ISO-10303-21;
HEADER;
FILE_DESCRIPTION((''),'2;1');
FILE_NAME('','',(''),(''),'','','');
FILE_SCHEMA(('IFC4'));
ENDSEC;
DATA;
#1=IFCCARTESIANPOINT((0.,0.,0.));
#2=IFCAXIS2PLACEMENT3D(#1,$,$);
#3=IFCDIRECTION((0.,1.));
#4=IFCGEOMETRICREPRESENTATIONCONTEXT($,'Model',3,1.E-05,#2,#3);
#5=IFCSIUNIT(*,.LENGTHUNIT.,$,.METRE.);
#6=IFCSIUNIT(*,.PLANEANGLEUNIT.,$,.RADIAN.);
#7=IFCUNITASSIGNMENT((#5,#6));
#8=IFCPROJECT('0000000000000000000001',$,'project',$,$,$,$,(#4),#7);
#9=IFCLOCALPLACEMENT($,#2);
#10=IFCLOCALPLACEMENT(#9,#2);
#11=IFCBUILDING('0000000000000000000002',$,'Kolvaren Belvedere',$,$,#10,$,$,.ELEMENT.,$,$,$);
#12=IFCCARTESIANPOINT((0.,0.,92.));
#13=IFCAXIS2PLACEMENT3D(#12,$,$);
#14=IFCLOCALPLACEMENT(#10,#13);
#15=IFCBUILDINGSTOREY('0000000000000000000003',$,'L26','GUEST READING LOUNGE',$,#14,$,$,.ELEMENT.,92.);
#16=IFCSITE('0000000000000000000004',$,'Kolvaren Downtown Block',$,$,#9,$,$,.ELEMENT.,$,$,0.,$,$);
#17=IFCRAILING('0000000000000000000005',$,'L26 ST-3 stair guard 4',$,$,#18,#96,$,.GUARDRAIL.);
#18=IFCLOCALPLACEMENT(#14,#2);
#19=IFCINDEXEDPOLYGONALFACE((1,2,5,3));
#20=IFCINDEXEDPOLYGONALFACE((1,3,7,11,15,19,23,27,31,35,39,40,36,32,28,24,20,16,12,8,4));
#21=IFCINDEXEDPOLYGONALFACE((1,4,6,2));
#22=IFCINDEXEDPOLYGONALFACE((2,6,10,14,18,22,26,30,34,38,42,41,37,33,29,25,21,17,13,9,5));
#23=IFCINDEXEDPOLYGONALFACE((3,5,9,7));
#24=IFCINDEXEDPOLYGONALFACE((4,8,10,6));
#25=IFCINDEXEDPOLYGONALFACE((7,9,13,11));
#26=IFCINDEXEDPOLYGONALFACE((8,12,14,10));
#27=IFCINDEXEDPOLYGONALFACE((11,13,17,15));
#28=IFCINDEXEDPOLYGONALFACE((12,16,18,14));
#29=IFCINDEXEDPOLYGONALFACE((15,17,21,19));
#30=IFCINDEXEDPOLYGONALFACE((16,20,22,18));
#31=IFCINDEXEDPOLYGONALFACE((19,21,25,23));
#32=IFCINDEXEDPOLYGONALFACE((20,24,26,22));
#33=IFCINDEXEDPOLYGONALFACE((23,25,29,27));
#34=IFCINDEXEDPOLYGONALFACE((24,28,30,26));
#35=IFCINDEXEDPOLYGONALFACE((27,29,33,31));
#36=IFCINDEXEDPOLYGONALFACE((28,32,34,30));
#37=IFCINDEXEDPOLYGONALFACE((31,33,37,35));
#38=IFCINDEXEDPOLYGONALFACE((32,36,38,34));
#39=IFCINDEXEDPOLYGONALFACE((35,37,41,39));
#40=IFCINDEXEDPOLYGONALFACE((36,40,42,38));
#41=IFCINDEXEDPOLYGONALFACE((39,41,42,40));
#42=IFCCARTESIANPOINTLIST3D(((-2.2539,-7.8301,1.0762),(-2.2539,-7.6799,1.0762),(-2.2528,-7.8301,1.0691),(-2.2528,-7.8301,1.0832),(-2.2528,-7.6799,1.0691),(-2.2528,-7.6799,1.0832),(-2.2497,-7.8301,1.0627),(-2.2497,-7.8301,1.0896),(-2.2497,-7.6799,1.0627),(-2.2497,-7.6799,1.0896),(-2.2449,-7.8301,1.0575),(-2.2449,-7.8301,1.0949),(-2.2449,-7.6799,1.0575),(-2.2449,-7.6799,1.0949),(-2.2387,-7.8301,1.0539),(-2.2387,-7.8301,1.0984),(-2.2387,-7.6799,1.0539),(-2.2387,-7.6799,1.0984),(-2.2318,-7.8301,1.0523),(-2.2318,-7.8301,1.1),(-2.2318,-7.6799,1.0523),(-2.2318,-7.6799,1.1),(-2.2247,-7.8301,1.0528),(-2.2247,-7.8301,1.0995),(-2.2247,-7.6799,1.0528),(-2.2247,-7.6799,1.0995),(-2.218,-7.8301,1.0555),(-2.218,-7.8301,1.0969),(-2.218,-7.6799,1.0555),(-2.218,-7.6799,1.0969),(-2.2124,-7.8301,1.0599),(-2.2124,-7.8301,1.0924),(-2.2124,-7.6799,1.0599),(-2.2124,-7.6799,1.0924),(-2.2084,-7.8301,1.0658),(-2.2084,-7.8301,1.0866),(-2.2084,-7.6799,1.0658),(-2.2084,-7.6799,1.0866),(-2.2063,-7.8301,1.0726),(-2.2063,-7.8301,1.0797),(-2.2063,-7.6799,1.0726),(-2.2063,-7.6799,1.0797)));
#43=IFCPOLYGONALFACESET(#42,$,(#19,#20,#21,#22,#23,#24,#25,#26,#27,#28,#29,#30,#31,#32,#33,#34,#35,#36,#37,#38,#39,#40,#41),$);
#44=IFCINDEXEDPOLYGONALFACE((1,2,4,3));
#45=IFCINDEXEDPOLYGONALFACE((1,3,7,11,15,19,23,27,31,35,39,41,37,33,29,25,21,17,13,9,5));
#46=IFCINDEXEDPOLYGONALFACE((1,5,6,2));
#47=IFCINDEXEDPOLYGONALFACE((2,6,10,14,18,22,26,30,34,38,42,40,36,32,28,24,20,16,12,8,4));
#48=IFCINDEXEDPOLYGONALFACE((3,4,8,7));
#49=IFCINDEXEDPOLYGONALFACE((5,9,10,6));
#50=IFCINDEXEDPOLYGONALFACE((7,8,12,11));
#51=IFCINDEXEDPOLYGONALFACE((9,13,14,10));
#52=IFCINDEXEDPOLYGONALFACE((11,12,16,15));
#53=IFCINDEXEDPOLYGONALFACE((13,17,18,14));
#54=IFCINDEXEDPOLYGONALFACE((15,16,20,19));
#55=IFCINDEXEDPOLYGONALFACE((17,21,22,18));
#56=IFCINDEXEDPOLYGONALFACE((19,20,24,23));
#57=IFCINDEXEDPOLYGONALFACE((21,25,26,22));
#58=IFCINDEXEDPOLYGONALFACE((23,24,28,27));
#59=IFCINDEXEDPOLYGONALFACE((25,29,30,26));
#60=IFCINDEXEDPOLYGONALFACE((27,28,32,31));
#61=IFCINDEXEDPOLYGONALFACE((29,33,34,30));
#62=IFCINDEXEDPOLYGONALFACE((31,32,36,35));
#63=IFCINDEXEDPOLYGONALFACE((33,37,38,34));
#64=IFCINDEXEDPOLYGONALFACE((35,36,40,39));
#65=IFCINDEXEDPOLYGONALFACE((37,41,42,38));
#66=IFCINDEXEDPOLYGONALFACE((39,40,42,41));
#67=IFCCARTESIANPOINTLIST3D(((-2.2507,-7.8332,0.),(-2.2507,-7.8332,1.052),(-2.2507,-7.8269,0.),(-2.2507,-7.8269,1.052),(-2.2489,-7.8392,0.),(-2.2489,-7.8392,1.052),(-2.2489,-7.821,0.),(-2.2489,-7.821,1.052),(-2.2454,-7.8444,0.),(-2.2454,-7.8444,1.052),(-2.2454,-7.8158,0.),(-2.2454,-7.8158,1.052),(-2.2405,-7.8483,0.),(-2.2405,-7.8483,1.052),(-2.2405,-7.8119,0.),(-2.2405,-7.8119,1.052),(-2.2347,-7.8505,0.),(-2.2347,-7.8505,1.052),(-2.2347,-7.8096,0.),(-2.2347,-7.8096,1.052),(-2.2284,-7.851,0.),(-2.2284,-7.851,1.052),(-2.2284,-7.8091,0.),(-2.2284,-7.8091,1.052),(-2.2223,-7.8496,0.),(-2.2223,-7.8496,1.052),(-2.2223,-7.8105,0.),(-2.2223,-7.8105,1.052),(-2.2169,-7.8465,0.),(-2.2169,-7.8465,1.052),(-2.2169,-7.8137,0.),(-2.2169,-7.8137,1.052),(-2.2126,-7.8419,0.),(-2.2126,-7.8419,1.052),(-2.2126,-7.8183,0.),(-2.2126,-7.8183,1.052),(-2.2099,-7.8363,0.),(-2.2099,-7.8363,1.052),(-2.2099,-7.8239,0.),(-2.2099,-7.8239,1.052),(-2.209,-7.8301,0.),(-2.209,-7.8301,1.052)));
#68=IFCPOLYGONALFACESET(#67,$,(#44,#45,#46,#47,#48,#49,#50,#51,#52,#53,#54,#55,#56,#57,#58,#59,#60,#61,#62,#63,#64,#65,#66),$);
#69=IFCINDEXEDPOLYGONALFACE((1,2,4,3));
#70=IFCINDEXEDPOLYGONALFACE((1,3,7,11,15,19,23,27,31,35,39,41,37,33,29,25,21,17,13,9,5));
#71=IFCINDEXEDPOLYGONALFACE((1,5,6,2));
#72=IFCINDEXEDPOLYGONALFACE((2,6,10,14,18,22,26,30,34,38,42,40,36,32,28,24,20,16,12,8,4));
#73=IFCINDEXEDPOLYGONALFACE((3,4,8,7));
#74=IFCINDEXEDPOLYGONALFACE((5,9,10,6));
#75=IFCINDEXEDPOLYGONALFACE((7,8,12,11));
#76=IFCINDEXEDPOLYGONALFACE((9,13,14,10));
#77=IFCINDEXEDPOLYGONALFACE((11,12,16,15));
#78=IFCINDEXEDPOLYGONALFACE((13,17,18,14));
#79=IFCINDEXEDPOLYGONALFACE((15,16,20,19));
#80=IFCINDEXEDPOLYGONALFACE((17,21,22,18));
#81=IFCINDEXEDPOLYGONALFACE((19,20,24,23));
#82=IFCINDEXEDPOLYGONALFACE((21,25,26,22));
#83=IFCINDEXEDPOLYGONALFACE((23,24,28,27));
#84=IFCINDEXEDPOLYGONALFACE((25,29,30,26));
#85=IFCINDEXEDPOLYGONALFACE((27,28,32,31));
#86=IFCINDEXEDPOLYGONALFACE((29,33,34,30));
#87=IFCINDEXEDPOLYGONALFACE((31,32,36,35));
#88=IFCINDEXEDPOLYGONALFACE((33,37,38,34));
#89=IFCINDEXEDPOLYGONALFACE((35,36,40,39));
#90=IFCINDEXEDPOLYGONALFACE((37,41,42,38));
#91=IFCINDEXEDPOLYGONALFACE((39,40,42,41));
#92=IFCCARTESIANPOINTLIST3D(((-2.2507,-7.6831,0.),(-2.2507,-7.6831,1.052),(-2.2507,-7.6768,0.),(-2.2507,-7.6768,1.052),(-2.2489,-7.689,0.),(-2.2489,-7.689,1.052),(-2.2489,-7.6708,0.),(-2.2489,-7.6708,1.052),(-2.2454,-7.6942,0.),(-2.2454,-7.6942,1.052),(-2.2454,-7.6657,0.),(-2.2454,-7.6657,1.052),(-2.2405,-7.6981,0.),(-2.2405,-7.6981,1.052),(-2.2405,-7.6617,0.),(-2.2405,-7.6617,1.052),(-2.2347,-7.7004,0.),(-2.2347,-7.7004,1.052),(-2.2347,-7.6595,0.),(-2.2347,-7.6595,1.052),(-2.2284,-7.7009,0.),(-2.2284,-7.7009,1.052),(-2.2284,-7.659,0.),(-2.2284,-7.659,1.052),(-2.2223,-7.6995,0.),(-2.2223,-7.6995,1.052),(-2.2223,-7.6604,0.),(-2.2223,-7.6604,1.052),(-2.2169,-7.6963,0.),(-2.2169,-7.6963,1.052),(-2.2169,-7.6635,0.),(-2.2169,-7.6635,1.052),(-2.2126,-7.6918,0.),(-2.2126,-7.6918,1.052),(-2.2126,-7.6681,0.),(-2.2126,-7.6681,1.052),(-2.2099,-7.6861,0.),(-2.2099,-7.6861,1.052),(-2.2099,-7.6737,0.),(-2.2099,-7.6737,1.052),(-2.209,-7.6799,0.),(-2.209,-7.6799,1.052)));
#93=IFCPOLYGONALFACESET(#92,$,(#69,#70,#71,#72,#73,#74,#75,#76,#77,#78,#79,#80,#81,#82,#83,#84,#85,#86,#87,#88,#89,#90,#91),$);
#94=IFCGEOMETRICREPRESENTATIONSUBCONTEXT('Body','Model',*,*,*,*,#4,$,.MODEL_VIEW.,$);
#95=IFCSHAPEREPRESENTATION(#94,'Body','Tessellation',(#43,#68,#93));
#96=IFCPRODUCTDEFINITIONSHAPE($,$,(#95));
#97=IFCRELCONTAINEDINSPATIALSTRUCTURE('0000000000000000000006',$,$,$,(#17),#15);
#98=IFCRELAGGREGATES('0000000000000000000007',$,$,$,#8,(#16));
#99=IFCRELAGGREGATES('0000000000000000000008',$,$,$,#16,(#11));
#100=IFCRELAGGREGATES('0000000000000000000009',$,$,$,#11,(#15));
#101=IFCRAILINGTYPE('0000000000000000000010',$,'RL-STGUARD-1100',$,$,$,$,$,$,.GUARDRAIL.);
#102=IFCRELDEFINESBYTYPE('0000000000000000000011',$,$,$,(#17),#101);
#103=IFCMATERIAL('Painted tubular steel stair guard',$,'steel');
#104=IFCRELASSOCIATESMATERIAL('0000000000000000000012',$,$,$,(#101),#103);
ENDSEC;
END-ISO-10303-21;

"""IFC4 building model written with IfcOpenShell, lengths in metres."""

from ifc_helpers import new_model, si_unit, direction, frame, origin, origin_2d, place, context, subcontext, project, spatial, circle, extrude, material, type_object, element, save


model = new_model("IFC4")

# Units and contexts
model_context = context("Model", 3, precision=1e-05, world=origin(), true_north=direction((0.0, 1.0)))
body_context = subcontext(model_context, "Body", "Model", "MODEL_VIEW")
ifc_project = project(units=[si_unit("LENGTHUNIT", "METRE"), si_unit("PLANEANGLEUNIT", "RADIAN")], contexts=[model_context])

# Site, building, storey
site_placement = place(None, origin())
site = spatial("IfcSite", under=ifc_project, at=site_placement, Name="Kolvaren Downtown Block", CompositionType="ELEMENT", RefElevation=0.0)
building_placement = place(site_placement, origin())
building = spatial("IfcBuilding", under=site, at=building_placement, Name="Kolvaren Belvedere", CompositionType="ELEMENT")
storey_placement = place(building_placement, frame((0.0, 0.0, 92.0)))
storey = spatial("IfcBuildingStorey", under=building, at=storey_placement, Name="L26", Description="GUEST READING LOUNGE", CompositionType="ELEMENT", Elevation=92.0)

# Railing
ifc_material_1 = material(Name="Painted tubular steel stair guard", Category="steel")
railing_type_1 = type_object("IfcRailingType", Name="RL-STGUARD-1100", PredefinedType="GUARDRAIL", material=ifc_material_1)
railing_1_placement = place(storey_placement, frame((-2.23, -7.8301, 0.0)))
element("IfcRailing", 1, at=railing_1_placement, inside=storey, type_object=railing_type_1, Name="L26 ST-3 stair guard 4", PredefinedType="GUARDRAIL", context=body_context, shape_type="SweptSolid", body=[
    extrude(circle(Radius=0.0239, at=origin_2d()), frame((0.0, 0.0, 1.0762), z_axis=(0.0, 1.0, 0.0), x_axis=(-1.0, 0.0, 0.0)), (0.0, 0.0, 1.0), 0.1501),
    extrude(circle(Radius=0.021, at=origin_2d()), origin(), (0.0, 0.0, 1.0), 1.052),
    extrude(circle(Radius=0.021, at=origin_2d()), frame((0.0, 0.1501, 0.0)), (0.0, 0.0, 1.0), 1.052),
])

save(model, "model.ifc")
